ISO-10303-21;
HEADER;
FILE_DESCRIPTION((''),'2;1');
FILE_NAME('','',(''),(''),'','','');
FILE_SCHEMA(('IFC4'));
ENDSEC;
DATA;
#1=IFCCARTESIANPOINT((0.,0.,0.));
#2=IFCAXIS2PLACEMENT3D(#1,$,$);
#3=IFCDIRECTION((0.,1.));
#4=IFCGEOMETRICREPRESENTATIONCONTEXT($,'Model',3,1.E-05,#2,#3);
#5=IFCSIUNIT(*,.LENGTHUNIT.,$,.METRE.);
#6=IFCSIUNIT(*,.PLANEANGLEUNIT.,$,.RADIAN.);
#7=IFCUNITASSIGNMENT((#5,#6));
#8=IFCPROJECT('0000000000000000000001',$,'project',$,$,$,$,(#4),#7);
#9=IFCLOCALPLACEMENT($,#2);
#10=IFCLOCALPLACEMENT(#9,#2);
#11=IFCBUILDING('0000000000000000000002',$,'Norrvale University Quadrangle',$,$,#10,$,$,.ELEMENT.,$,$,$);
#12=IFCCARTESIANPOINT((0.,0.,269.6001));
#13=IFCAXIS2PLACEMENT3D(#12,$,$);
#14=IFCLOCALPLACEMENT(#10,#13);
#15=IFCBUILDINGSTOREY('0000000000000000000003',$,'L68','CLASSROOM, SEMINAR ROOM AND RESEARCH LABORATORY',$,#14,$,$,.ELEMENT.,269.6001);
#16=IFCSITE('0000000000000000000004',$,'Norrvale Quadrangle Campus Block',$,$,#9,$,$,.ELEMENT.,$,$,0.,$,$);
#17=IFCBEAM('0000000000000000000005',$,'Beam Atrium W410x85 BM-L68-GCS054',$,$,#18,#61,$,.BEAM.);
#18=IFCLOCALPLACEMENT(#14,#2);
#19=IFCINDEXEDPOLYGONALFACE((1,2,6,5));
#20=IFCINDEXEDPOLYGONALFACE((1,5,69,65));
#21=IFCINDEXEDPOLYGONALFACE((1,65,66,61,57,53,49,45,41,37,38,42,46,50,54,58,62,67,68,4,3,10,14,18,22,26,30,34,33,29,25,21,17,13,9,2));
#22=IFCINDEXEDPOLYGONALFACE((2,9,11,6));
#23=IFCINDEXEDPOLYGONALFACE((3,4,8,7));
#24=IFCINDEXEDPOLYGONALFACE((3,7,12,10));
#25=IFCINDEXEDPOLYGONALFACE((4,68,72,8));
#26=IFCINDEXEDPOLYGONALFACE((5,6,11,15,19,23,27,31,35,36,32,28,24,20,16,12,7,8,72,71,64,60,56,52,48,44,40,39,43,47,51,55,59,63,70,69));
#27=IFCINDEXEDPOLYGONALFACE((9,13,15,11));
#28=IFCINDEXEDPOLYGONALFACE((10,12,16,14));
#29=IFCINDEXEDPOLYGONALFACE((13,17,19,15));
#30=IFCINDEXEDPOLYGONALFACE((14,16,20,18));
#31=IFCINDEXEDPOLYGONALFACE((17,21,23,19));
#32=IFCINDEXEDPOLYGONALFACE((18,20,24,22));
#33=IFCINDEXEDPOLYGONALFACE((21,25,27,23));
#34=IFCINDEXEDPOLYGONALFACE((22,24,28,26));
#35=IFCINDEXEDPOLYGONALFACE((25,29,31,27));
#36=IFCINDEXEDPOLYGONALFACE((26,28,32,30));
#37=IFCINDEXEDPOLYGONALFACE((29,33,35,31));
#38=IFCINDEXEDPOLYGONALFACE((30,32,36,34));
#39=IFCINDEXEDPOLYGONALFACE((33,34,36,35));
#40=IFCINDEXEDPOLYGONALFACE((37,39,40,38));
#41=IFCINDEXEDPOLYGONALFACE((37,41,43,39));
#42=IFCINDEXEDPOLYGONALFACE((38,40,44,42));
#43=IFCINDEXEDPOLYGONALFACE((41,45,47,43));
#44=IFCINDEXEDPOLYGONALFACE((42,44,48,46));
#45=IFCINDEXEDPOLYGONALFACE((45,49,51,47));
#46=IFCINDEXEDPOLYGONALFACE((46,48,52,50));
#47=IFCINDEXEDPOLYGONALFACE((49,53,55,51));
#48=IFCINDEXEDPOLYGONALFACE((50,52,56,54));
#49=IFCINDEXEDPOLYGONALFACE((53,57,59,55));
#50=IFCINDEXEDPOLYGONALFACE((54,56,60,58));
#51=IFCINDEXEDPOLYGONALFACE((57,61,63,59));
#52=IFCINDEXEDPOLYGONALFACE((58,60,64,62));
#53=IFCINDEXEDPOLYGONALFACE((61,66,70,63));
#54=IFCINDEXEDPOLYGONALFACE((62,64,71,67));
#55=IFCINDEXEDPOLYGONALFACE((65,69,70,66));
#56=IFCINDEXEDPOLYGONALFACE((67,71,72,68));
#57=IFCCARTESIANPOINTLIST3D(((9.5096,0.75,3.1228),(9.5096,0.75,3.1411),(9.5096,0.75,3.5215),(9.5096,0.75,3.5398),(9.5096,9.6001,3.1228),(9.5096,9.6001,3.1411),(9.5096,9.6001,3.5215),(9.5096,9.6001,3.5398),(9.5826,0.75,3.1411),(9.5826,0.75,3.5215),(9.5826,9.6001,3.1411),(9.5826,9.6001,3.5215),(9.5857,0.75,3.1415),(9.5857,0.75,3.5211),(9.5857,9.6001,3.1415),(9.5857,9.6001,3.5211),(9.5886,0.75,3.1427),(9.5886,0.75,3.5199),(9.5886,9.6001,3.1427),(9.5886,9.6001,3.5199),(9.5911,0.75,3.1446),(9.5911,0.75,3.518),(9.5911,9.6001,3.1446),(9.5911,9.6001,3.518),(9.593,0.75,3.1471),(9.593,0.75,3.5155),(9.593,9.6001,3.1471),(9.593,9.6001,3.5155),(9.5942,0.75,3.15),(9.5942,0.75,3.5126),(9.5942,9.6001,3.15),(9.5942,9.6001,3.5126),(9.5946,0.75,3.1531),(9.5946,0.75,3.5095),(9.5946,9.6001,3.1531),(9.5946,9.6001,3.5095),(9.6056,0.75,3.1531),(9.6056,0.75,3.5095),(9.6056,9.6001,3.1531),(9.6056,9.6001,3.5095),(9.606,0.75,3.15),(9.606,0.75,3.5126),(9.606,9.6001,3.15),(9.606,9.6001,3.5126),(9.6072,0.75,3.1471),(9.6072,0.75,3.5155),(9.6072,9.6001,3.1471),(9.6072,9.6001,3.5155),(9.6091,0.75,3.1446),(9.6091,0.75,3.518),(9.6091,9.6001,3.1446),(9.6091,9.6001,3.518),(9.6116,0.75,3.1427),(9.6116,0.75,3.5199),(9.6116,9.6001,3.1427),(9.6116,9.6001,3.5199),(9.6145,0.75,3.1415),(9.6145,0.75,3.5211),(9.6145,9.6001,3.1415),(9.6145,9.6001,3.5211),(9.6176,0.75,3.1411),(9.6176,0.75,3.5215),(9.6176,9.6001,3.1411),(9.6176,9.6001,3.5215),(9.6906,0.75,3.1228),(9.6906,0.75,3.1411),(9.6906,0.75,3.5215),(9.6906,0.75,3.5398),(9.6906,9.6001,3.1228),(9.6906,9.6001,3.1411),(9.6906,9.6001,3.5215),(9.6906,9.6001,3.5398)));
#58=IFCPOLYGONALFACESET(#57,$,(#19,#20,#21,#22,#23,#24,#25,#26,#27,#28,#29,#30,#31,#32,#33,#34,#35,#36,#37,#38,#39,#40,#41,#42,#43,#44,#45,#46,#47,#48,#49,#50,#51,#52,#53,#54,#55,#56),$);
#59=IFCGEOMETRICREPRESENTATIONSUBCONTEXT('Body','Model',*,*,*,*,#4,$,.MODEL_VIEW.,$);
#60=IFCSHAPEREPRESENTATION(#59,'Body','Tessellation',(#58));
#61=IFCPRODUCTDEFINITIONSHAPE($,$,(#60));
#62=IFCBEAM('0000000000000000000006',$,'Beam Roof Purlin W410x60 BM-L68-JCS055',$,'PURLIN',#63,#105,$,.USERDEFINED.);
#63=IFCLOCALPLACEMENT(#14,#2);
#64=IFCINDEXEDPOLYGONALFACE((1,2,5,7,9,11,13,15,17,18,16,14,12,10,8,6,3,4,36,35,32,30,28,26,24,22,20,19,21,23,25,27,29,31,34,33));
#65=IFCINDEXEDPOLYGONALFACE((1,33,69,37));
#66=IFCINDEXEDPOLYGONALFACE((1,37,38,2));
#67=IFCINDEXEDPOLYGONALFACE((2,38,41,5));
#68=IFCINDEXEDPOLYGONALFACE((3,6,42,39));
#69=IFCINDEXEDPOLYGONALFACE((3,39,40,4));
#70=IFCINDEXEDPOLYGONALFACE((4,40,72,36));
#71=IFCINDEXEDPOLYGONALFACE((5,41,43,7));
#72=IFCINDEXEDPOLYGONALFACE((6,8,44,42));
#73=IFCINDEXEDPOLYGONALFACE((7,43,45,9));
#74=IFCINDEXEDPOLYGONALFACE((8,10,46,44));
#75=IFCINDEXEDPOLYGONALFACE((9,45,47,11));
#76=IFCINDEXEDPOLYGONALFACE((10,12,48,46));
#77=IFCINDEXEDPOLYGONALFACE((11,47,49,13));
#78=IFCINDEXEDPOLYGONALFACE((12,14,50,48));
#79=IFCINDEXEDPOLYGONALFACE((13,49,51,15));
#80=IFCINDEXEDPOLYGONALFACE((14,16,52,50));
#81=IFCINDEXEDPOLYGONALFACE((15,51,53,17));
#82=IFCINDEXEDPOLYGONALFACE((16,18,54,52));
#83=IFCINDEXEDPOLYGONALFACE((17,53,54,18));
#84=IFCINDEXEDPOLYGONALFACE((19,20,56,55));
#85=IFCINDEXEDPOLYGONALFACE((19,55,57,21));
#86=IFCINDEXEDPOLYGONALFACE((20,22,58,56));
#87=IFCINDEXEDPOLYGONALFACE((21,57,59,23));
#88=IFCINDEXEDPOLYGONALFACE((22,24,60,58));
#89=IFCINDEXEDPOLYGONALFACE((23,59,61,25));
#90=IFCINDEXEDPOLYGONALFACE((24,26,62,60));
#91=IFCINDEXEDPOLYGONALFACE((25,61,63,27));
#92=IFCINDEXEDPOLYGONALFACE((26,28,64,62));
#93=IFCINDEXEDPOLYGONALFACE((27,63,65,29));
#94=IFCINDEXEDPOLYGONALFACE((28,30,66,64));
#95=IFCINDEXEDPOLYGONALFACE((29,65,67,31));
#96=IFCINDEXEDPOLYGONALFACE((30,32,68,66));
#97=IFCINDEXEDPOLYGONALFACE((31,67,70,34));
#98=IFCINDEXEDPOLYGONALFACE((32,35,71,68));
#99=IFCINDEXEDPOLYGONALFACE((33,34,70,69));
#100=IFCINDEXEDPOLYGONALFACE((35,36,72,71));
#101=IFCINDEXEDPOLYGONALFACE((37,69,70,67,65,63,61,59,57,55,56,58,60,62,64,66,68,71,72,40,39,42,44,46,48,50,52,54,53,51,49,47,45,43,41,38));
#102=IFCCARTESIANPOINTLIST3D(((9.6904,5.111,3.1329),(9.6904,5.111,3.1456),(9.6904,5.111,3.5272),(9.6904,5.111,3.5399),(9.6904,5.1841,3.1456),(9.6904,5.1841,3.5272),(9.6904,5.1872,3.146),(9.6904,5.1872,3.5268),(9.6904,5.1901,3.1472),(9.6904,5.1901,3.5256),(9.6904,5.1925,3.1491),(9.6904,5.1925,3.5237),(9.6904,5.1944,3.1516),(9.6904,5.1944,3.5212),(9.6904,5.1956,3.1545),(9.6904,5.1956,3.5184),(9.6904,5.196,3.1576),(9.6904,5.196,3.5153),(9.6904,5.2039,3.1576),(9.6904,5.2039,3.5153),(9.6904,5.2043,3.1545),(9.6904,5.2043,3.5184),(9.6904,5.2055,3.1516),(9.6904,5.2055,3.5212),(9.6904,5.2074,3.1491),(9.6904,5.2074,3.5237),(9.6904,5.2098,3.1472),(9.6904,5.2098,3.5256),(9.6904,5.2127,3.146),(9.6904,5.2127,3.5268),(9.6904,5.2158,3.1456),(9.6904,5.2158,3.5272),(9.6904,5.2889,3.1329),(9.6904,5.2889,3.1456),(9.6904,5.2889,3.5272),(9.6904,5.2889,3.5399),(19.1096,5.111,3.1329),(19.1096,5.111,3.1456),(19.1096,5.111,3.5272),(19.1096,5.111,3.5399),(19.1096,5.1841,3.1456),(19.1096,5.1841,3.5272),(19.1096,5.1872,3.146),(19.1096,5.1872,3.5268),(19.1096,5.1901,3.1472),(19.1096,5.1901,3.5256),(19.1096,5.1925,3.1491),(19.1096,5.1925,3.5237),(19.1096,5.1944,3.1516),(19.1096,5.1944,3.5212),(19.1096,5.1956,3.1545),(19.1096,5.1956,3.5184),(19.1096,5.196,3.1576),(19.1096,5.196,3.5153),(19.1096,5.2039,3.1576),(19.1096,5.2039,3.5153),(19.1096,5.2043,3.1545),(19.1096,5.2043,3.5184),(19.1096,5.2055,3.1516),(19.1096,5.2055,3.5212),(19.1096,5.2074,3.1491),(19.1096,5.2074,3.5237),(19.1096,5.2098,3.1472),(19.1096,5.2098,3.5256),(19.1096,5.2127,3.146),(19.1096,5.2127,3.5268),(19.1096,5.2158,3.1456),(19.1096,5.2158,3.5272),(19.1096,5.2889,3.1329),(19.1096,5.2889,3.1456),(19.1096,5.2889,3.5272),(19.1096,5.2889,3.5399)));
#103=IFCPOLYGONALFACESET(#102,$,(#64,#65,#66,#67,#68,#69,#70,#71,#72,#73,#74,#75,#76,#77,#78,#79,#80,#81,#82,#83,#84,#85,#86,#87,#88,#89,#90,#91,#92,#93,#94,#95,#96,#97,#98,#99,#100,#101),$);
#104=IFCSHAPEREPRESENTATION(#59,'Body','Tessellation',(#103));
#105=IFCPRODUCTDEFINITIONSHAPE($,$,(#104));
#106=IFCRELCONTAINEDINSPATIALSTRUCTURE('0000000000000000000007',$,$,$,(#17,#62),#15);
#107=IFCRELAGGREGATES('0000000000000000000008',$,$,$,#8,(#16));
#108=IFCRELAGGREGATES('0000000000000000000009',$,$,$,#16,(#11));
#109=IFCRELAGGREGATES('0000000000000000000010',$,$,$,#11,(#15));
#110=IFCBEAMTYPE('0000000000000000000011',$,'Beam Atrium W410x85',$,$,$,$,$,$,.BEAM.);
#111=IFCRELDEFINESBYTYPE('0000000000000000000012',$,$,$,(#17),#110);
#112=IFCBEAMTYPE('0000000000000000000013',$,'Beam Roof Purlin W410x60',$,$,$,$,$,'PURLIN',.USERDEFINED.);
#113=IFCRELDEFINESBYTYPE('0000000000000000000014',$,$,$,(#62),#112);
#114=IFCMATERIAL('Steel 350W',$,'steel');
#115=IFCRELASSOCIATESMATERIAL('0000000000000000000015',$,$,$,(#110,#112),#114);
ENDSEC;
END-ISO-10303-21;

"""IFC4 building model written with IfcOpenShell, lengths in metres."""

from ifc_helpers import new_model, si_unit, direction, frame, origin, origin_2d, place, context, subcontext, project, spatial, i_section, extrude, material, material_profile, profile_set, type_object, element, save


model = new_model("IFC4")

# Units and contexts
model_context = context("Model", 3, precision=1e-05, world=origin(), true_north=direction((0.0, 1.0)))
body_context = subcontext(model_context, "Body", "Model", "MODEL_VIEW")
ifc_project = project(units=[si_unit("LENGTHUNIT", "METRE"), si_unit("PLANEANGLEUNIT", "RADIAN")], contexts=[model_context])

# Site, building, storey
site_placement = place(None, origin())
site = spatial("IfcSite", under=ifc_project, at=site_placement, Name="Norrvale Quadrangle Campus Block", CompositionType="ELEMENT", RefElevation=0.0)
building_placement = place(site_placement, origin())
building = spatial("IfcBuilding", under=site, at=building_placement, Name="Norrvale University Quadrangle", CompositionType="ELEMENT")
storey_placement = place(building_placement, frame((0.0, 0.0, 269.6001)))
storey = spatial("IfcBuildingStorey", under=building, at=storey_placement, Name="L68", Description="CLASSROOM, SEMINAR ROOM AND RESEARCH LABORATORY", CompositionType="ELEMENT", Elevation=269.6001)

# Beams
ifc_material_1 = material(Name="Steel 350W", Category="steel")
ifc_material_profile_1 = material_profile(ifc_material_1, i_section(OverallWidth=0.1809, OverallDepth=0.417, WebThickness=0.011, FlangeThickness=0.0183, FilletRadius=0.012, at=origin_2d()), Name="Steel 350W")
ifc_profile_set_1 = profile_set([ifc_material_profile_1], Name="Steel 350W")
beam_type_1 = type_object("IfcBeamType", Name="Beam Atrium W410x85", PredefinedType="BEAM", material=ifc_profile_set_1)
beam_1_placement = place(storey_placement, frame((9.6001, 0.75, 3.3313), z_axis=(0.0, 1.0, 0.0), x_axis=(-1.0, 0.0, 0.0)))
element("IfcBeam", 1, at=beam_1_placement, inside=storey, type_object=beam_type_1, Name="Beam Atrium W410x85 BM-L68-GCS054", PredefinedType="BEAM", context=body_context, shape_type="SweptSolid", body=[
    extrude(i_section(OverallWidth=0.1809, OverallDepth=0.417, WebThickness=0.011, FlangeThickness=0.0183, FilletRadius=0.012, at=origin_2d()), origin(), (0.0, 0.0, 1.0), 8.8501),
])
ifc_material_profile_2 = material_profile(ifc_material_1, i_section(OverallWidth=0.178, OverallDepth=0.407, WebThickness=0.0078, FlangeThickness=0.0127, FilletRadius=0.012, at=origin_2d()), Name="Steel 350W")
ifc_profile_set_2 = profile_set([ifc_material_profile_2], Name="Steel 350W")
beam_type_2 = type_object("IfcBeamType", Name="Beam Roof Purlin W410x60", ElementType="PURLIN", PredefinedType="USERDEFINED", material=ifc_profile_set_2)
beam_2_placement = place(storey_placement, frame((9.6904, 5.2, 3.3364), z_axis=(1.0, 0.0, 0.0), x_axis=(0.0, 1.0, 0.0)))
element("IfcBeam", 2, at=beam_2_placement, inside=storey, type_object=beam_type_2, Name="Beam Roof Purlin W410x60 BM-L68-JCS055", ObjectType="PURLIN", PredefinedType="USERDEFINED", context=body_context, shape_type="SweptSolid", body=[
    extrude(i_section(OverallWidth=0.178, OverallDepth=0.407, WebThickness=0.0078, FlangeThickness=0.0127, FilletRadius=0.012, at=origin_2d()), origin(), (0.0, 0.0, 1.0), 9.4192),
])

save(model, "model.ifc")
